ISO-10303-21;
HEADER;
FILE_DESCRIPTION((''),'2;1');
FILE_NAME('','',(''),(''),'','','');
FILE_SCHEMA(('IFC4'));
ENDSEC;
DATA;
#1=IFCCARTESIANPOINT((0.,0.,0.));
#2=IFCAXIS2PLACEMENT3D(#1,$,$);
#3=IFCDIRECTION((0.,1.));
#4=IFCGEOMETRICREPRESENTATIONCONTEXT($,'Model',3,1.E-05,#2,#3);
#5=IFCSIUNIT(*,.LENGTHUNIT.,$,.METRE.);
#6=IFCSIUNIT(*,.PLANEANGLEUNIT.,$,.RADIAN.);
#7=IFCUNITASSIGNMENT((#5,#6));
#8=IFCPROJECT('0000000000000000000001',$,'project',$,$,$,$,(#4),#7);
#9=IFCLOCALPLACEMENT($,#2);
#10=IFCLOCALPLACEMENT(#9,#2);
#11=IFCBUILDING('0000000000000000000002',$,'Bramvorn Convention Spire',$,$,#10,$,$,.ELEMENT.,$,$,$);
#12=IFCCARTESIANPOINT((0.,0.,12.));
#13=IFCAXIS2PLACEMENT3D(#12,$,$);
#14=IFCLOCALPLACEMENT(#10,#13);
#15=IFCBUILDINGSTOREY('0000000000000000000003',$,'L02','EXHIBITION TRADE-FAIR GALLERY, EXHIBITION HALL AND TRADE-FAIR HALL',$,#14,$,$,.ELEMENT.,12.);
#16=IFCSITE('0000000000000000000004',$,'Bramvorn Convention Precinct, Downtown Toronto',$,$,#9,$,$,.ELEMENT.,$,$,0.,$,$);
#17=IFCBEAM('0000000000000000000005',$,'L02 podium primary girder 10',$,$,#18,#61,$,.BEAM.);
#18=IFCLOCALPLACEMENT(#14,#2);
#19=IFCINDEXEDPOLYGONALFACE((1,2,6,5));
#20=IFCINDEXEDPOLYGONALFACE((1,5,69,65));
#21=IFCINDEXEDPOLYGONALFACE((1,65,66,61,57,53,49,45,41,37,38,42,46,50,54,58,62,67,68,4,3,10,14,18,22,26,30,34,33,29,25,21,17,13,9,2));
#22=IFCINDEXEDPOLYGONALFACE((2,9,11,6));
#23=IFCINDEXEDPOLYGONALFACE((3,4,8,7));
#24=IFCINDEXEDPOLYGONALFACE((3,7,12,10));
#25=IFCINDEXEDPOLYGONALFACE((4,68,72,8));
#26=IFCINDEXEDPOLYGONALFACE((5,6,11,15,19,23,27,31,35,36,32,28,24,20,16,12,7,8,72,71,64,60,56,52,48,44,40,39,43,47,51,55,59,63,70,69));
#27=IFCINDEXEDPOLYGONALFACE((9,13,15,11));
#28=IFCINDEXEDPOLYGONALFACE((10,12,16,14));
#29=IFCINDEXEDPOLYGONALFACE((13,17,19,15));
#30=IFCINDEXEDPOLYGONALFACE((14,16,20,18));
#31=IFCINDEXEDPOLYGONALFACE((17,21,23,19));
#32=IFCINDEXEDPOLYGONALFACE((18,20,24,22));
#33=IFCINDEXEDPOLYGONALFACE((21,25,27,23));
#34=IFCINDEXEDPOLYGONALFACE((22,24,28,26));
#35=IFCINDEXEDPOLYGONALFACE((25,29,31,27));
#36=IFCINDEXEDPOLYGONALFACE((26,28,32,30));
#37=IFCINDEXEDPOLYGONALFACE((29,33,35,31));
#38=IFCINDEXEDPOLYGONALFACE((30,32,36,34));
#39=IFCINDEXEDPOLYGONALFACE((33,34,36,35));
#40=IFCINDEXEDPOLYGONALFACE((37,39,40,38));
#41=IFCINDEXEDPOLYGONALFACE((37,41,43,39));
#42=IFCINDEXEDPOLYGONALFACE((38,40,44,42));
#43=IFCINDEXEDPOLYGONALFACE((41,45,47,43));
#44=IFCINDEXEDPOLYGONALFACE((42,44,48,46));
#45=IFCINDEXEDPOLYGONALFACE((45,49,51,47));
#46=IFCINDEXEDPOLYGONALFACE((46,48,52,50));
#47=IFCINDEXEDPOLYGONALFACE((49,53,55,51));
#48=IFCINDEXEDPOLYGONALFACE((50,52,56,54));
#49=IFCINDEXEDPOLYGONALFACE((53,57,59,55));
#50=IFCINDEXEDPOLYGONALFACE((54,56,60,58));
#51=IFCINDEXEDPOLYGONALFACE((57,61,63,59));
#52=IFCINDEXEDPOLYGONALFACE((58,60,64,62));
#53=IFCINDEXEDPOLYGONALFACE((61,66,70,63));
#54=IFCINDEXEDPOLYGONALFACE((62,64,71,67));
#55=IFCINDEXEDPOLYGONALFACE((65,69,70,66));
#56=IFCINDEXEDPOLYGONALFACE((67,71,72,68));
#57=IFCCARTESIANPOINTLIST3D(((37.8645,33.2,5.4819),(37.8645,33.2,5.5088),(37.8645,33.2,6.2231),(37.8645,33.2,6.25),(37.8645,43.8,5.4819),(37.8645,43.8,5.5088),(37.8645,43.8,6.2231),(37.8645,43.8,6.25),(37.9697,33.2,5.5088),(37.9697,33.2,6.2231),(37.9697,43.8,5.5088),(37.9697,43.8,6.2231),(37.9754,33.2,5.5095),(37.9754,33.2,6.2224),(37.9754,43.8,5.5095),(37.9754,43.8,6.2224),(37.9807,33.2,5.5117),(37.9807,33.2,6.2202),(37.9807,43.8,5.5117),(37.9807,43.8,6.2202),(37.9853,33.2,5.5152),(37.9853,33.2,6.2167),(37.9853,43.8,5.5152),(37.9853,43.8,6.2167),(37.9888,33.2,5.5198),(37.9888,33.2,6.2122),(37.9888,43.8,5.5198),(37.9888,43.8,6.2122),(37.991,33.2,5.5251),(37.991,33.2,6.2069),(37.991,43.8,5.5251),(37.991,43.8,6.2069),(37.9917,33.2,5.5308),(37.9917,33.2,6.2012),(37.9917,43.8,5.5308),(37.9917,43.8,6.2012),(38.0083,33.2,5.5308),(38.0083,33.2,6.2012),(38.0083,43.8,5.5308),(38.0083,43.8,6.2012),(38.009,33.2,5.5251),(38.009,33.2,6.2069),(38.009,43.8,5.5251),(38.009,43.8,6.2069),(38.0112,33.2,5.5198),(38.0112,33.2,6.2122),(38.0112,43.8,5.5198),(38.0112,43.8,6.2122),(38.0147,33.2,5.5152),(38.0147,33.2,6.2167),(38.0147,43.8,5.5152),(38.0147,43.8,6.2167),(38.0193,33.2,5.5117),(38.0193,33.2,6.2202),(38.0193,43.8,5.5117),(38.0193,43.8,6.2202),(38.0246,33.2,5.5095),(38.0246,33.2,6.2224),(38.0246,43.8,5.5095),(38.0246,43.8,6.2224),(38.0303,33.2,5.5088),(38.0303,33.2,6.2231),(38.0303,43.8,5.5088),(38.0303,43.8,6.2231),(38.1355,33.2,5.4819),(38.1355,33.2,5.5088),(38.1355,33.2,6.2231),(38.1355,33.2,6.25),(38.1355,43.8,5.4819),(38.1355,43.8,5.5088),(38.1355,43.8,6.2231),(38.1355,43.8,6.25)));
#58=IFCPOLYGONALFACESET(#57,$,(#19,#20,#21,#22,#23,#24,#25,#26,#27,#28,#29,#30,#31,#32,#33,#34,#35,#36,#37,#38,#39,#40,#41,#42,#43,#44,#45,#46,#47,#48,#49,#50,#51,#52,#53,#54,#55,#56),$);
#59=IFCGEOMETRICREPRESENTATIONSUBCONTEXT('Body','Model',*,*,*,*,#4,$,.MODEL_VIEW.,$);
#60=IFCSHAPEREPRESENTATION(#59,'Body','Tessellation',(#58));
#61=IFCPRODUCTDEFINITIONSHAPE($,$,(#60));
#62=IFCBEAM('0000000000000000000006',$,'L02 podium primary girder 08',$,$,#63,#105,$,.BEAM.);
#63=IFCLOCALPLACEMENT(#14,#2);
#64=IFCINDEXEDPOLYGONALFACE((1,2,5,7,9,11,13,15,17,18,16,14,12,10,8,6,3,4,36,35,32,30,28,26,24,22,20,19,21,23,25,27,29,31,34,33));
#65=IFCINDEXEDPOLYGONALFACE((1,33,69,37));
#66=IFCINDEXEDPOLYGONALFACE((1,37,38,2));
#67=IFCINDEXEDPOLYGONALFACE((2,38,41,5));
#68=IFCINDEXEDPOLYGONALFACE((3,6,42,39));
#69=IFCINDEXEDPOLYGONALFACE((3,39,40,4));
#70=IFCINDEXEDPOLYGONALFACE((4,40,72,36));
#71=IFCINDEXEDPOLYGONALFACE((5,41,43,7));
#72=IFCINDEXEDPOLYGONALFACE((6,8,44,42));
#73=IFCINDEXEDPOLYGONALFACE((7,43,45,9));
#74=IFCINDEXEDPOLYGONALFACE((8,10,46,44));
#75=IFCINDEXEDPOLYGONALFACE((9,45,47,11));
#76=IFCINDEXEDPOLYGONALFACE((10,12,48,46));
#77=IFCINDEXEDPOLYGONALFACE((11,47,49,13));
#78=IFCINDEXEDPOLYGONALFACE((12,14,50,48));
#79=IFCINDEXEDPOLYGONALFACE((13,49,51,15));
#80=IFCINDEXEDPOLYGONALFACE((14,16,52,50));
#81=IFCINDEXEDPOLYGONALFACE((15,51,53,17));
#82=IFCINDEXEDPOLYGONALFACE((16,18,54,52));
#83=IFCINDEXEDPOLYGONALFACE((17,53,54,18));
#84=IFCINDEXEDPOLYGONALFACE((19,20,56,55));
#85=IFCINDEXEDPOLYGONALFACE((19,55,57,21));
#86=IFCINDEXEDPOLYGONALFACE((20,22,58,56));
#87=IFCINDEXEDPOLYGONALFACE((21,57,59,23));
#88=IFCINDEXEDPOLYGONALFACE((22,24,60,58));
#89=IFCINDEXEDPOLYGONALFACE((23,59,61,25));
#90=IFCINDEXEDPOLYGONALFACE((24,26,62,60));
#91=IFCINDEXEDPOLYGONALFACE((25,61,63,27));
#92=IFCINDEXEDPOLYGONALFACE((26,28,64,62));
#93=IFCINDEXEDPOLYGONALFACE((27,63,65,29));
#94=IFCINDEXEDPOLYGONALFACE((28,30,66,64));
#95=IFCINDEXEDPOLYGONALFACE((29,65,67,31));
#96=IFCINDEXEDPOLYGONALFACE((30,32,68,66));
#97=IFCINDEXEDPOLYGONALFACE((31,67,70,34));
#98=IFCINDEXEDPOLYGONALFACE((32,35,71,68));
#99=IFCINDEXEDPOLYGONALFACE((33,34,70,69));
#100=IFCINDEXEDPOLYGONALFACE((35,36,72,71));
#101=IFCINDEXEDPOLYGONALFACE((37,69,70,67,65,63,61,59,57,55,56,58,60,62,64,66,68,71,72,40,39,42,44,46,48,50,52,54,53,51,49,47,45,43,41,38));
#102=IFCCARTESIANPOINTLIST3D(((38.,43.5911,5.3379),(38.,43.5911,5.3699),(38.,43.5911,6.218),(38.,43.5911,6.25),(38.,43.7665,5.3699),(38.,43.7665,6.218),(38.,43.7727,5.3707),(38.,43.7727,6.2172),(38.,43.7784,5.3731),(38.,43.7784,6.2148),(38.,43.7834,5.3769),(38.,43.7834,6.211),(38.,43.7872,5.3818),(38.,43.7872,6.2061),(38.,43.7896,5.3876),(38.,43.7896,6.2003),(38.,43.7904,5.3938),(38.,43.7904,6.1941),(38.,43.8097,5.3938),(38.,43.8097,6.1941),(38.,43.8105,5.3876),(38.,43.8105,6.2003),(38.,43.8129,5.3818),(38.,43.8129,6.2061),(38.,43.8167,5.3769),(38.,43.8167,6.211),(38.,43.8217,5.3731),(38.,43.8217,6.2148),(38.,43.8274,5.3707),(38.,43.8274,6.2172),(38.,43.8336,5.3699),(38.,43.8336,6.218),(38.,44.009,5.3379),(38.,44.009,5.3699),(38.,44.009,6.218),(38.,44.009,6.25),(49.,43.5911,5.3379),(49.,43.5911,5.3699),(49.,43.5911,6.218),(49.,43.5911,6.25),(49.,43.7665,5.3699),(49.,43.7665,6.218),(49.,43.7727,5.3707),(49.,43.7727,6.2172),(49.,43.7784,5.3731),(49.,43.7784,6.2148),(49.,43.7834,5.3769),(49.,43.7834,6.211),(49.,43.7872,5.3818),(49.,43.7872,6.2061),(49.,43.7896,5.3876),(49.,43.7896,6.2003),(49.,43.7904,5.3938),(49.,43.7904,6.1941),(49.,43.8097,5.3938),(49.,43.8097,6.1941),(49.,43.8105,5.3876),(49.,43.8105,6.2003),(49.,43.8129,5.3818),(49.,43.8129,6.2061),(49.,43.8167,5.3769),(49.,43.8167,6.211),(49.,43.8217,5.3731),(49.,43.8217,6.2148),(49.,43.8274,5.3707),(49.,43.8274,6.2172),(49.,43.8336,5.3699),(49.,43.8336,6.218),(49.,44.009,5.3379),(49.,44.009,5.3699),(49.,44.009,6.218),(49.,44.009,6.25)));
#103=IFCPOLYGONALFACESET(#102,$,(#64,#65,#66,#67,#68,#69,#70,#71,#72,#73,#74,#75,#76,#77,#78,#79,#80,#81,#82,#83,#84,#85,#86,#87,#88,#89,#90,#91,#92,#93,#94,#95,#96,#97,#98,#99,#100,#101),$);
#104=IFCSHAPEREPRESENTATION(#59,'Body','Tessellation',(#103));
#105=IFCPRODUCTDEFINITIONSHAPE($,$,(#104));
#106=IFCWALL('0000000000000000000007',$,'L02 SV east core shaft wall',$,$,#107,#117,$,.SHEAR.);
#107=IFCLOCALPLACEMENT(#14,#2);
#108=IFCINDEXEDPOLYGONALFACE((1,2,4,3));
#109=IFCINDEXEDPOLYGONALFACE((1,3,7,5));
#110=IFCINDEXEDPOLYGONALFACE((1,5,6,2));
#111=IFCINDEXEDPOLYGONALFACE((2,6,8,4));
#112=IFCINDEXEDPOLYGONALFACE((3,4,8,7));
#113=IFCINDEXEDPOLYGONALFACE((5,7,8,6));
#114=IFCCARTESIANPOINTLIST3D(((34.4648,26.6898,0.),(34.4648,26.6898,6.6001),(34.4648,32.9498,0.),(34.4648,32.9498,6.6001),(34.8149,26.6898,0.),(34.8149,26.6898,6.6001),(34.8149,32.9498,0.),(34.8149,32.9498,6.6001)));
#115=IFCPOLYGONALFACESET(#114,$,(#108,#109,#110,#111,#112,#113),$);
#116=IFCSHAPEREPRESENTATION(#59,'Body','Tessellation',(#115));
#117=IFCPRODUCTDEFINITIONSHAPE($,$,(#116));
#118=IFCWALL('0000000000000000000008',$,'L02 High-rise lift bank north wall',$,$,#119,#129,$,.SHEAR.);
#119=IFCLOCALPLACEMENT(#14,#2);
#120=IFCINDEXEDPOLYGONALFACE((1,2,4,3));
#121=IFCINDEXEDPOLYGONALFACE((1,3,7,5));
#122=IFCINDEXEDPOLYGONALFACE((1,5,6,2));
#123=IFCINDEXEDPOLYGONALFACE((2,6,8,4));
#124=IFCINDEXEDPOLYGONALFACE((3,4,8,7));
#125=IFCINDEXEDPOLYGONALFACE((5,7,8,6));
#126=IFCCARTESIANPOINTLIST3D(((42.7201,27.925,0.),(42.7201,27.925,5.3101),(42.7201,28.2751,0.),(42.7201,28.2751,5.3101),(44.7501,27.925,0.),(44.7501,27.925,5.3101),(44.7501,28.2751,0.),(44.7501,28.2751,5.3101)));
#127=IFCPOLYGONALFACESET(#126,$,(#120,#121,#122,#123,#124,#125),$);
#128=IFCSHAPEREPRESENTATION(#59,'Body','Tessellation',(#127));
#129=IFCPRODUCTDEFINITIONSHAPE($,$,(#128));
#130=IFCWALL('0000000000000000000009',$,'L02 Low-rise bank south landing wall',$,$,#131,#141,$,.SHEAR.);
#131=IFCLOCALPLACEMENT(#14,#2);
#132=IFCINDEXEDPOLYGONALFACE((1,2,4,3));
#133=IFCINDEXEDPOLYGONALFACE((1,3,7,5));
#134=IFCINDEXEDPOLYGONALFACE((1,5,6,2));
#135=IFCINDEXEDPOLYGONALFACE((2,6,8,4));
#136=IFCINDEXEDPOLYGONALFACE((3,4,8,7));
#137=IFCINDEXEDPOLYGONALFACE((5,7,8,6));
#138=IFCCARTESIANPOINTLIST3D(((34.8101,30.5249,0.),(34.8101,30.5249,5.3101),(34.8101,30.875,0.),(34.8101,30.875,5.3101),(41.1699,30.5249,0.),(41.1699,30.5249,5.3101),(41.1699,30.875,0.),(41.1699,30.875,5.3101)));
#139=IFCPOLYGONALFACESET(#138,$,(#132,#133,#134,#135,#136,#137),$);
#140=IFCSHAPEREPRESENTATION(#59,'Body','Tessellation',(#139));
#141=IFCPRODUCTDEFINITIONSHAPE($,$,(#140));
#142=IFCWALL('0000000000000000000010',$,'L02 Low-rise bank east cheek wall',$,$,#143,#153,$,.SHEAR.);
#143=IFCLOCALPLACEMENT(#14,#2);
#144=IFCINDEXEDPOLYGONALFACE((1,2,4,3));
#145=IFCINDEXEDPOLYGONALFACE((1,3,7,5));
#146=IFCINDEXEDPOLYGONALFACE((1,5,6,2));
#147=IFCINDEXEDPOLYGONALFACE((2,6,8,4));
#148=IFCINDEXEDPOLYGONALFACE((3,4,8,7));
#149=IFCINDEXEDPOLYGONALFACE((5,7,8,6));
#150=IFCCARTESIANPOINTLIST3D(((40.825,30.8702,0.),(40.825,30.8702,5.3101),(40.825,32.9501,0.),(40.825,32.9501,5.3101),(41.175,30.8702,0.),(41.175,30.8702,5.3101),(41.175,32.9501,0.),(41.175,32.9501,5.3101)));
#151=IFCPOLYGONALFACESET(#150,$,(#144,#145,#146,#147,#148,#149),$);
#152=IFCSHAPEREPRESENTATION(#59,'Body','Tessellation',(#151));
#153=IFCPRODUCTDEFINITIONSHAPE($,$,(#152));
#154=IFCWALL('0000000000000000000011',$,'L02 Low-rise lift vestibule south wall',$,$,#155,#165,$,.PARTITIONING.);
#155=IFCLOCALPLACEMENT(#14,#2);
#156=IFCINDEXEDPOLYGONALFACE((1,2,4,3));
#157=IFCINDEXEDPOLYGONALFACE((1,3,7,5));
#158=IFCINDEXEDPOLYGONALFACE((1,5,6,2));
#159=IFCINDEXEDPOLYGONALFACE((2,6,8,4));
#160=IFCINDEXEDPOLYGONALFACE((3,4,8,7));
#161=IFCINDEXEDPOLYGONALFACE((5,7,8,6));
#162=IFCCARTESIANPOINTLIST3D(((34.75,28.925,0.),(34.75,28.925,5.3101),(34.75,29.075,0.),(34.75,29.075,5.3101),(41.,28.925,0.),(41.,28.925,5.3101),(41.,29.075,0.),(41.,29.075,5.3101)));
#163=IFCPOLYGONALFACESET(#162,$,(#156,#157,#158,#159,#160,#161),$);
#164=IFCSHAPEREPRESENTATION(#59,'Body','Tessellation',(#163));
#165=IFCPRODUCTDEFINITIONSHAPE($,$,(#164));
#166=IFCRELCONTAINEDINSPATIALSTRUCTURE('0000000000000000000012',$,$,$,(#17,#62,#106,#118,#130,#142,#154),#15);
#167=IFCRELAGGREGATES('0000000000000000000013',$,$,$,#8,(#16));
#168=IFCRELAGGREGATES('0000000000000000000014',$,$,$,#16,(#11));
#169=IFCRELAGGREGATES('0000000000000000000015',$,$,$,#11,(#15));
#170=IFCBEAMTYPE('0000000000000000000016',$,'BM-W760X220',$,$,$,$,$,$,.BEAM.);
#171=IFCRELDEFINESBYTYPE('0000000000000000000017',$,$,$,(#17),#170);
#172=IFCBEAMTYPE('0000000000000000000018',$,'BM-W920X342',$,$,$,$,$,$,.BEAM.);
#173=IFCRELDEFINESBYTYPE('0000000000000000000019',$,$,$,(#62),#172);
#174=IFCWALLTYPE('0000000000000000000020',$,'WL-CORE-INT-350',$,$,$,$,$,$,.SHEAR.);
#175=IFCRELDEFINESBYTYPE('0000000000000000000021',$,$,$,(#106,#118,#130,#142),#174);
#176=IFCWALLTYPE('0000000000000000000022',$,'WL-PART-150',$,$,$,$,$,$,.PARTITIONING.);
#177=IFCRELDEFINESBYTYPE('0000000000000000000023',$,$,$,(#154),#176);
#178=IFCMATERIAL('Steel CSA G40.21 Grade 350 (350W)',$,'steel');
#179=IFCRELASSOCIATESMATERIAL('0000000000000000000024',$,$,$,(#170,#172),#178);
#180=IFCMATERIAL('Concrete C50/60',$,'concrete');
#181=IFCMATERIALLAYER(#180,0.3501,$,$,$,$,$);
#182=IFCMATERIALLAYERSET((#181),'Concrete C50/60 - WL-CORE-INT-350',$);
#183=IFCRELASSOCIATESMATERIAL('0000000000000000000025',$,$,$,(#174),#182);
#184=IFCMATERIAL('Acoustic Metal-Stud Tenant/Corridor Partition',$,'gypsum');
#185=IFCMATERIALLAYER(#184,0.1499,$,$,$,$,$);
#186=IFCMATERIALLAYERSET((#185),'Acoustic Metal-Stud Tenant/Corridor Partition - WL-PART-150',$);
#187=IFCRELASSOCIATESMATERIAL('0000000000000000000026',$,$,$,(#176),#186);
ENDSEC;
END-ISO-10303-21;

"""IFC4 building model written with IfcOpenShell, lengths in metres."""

from ifc_helpers import new_model, si_unit, direction, frame, frame_2d, origin, origin_2d, place, context, subcontext, project, spatial, rectangle, i_section, extrude, material, layer, layer_set, material_profile, profile_set, type_object, element, save


model = new_model("IFC4")

# Units and contexts
model_context = context("Model", 3, precision=1e-05, world=origin(), true_north=direction((0.0, 1.0)))
body_context = subcontext(model_context, "Body", "Model", "MODEL_VIEW")
ifc_project = project(units=[si_unit("LENGTHUNIT", "METRE"), si_unit("PLANEANGLEUNIT", "RADIAN")], contexts=[model_context])

# Site, building, storey
site_placement = place(None, origin())
site = spatial("IfcSite", under=ifc_project, at=site_placement, Name="Bramvorn Convention Precinct, Downtown Toronto", CompositionType="ELEMENT", RefElevation=0.0)
building_placement = place(site_placement, origin())
building = spatial("IfcBuilding", under=site, at=building_placement, Name="Bramvorn Convention Spire", CompositionType="ELEMENT")
storey_placement = place(building_placement, frame((0.0, 0.0, 12.0)))
storey = spatial("IfcBuildingStorey", under=building, at=storey_placement, Name="L02", Description="EXHIBITION TRADE-FAIR GALLERY, EXHIBITION HALL AND TRADE-FAIR HALL", CompositionType="ELEMENT", Elevation=12.0)

# Shared definitions
ifc_material_1 = material(Name="Steel CSA G40.21 Grade 350 (350W)", Category="steel")

# Beams
ifc_material_profile_1 = material_profile(ifc_material_1, i_section(OverallWidth=0.271, OverallDepth=0.7681, WebThickness=0.0166, FlangeThickness=0.0269, FilletRadius=0.022, at=origin_2d()))
ifc_profile_set_1 = profile_set([ifc_material_profile_1], Name="Steel CSA G40.21 Grade 350 (350W) - W760X220")
beam_type_1 = type_object("IfcBeamType", Name="BM-W760X220", PredefinedType="BEAM", material=ifc_profile_set_1)
beam_1_placement = place(storey_placement, frame((38.0, 33.2, 5.866), z_axis=(0.0, 1.0, 0.0), x_axis=(-1.0, 0.0, 0.0)))
element("IfcBeam", 1, at=beam_1_placement, inside=storey, type_object=beam_type_1, Name="L02 podium primary girder 10", PredefinedType="BEAM", context=body_context, shape_type="SweptSolid", body=[
    extrude(i_section(OverallWidth=0.271, OverallDepth=0.7681, WebThickness=0.0166, FlangeThickness=0.0269, FilletRadius=0.022, at=origin_2d()), origin(), (0.0, 0.0, 1.0), 10.6001),
])
ifc_material_profile_2 = material_profile(ifc_material_1, i_section(OverallWidth=0.418, OverallDepth=0.9121, WebThickness=0.0193, FlangeThickness=0.032, FilletRadius=0.0239, at=origin_2d()))
ifc_profile_set_2 = profile_set([ifc_material_profile_2], Name="Steel CSA G40.21 Grade 350 (350W) - W920X342")
beam_type_2 = type_object("IfcBeamType", Name="BM-W920X342", PredefinedType="BEAM", material=ifc_profile_set_2)
beam_2_placement = place(storey_placement, frame((38.0, 43.8, 5.7939), z_axis=(1.0, 0.0, 0.0), x_axis=(0.0, 1.0, 0.0)))
element("IfcBeam", 2, at=beam_2_placement, inside=storey, type_object=beam_type_2, Name="L02 podium primary girder 08", PredefinedType="BEAM", context=body_context, shape_type="SweptSolid", body=[
    extrude(i_section(OverallWidth=0.418, OverallDepth=0.9121, WebThickness=0.0193, FlangeThickness=0.032, FilletRadius=0.0239, at=origin_2d()), origin(), (0.0, 0.0, 1.0), 11.0),
])

# Shared definitions
ifc_material_2 = material(Name="Concrete C50/60", Category="concrete")
ifc_layer_1 = layer(ifc_material_2, 0.3501)
ifc_layer_set_1 = layer_set([ifc_layer_1], Name="Concrete C50/60 - WL-CORE-INT-350")
wall_type_1 = type_object("IfcWallType", Name="WL-CORE-INT-350", PredefinedType="SHEAR", material=ifc_layer_set_1)

# Walls
wall_1_placement = place(storey_placement, frame((34.6399, 26.6899, 0.0), z_axis=(0.0, 0.0, 1.0), x_axis=(0.0, 1.0, 0.0)))
element("IfcWall", 3, at=wall_1_placement, inside=storey, type_object=wall_type_1, Name="L02 SV east core shaft wall", PredefinedType="SHEAR", context=body_context, shape_type="SweptSolid", body=[
    extrude(rectangle(XDim=6.26, YDim=0.3501, at=frame_2d((3.1299, 0.0))), origin(), (0.0, 0.0, 1.0), 6.6001),
])
wall_2_placement = place(storey_placement, frame((42.72, 28.1001, 0.0), z_axis=(0.0, 0.0, 1.0), x_axis=(1.0, 0.0, 0.0)))
element("IfcWall", 4, at=wall_2_placement, inside=storey, type_object=wall_type_1, Name="L02 High-rise lift bank north wall", PredefinedType="SHEAR", context=body_context, shape_type="SweptSolid", body=[
    extrude(rectangle(XDim=2.03, YDim=0.3501, at=frame_2d((1.0151, 0.0))), origin(), (0.0, 0.0, 1.0), 5.3101),
])
wall_3_placement = place(storey_placement, frame((34.8101, 30.7, 0.0), z_axis=(0.0, 0.0, 1.0), x_axis=(1.0, 0.0, 0.0)))
element("IfcWall", 5, at=wall_3_placement, inside=storey, type_object=wall_type_1, Name="L02 Low-rise bank south landing wall", PredefinedType="SHEAR", context=body_context, shape_type="SweptSolid", body=[
    extrude(rectangle(XDim=6.3599, YDim=0.3501, at=frame_2d((3.1799, 0.0))), origin(), (0.0, 0.0, 1.0), 5.3101),
])
wall_4_placement = place(storey_placement, frame((41.0, 30.8701, 0.0), z_axis=(0.0, 0.0, 1.0), x_axis=(0.0, 1.0, 0.0)))
element("IfcWall", 6, at=wall_4_placement, inside=storey, type_object=wall_type_1, Name="L02 Low-rise bank east cheek wall", PredefinedType="SHEAR", context=body_context, shape_type="SweptSolid", body=[
    extrude(rectangle(XDim=2.0798, YDim=0.3501, at=frame_2d((1.04, 0.0))), origin(), (0.0, 0.0, 1.0), 5.3101),
])
ifc_material_3 = material(Name="Acoustic Metal-Stud Tenant/Corridor Partition", Category="gypsum")
ifc_layer_2 = layer(ifc_material_3, 0.1499)
ifc_layer_set_2 = layer_set([ifc_layer_2], Name="Acoustic Metal-Stud Tenant/Corridor Partition - WL-PART-150")
wall_type_2 = type_object("IfcWallType", Name="WL-PART-150", PredefinedType="PARTITIONING", material=ifc_layer_set_2)
wall_5_placement = place(storey_placement, frame((34.75, 29.0, 0.0), z_axis=(0.0, 0.0, 1.0), x_axis=(1.0, 0.0, 0.0)))
element("IfcWall", 7, at=wall_5_placement, inside=storey, type_object=wall_type_2, Name="L02 Low-rise lift vestibule south wall", PredefinedType="PARTITIONING", context=body_context, shape_type="SweptSolid", body=[
    extrude(rectangle(XDim=6.25, YDim=0.1499, at=frame_2d((3.125, 0.0))), origin(), (0.0, 0.0, 1.0), 5.3101),
])

save(model, "model.ifc")
